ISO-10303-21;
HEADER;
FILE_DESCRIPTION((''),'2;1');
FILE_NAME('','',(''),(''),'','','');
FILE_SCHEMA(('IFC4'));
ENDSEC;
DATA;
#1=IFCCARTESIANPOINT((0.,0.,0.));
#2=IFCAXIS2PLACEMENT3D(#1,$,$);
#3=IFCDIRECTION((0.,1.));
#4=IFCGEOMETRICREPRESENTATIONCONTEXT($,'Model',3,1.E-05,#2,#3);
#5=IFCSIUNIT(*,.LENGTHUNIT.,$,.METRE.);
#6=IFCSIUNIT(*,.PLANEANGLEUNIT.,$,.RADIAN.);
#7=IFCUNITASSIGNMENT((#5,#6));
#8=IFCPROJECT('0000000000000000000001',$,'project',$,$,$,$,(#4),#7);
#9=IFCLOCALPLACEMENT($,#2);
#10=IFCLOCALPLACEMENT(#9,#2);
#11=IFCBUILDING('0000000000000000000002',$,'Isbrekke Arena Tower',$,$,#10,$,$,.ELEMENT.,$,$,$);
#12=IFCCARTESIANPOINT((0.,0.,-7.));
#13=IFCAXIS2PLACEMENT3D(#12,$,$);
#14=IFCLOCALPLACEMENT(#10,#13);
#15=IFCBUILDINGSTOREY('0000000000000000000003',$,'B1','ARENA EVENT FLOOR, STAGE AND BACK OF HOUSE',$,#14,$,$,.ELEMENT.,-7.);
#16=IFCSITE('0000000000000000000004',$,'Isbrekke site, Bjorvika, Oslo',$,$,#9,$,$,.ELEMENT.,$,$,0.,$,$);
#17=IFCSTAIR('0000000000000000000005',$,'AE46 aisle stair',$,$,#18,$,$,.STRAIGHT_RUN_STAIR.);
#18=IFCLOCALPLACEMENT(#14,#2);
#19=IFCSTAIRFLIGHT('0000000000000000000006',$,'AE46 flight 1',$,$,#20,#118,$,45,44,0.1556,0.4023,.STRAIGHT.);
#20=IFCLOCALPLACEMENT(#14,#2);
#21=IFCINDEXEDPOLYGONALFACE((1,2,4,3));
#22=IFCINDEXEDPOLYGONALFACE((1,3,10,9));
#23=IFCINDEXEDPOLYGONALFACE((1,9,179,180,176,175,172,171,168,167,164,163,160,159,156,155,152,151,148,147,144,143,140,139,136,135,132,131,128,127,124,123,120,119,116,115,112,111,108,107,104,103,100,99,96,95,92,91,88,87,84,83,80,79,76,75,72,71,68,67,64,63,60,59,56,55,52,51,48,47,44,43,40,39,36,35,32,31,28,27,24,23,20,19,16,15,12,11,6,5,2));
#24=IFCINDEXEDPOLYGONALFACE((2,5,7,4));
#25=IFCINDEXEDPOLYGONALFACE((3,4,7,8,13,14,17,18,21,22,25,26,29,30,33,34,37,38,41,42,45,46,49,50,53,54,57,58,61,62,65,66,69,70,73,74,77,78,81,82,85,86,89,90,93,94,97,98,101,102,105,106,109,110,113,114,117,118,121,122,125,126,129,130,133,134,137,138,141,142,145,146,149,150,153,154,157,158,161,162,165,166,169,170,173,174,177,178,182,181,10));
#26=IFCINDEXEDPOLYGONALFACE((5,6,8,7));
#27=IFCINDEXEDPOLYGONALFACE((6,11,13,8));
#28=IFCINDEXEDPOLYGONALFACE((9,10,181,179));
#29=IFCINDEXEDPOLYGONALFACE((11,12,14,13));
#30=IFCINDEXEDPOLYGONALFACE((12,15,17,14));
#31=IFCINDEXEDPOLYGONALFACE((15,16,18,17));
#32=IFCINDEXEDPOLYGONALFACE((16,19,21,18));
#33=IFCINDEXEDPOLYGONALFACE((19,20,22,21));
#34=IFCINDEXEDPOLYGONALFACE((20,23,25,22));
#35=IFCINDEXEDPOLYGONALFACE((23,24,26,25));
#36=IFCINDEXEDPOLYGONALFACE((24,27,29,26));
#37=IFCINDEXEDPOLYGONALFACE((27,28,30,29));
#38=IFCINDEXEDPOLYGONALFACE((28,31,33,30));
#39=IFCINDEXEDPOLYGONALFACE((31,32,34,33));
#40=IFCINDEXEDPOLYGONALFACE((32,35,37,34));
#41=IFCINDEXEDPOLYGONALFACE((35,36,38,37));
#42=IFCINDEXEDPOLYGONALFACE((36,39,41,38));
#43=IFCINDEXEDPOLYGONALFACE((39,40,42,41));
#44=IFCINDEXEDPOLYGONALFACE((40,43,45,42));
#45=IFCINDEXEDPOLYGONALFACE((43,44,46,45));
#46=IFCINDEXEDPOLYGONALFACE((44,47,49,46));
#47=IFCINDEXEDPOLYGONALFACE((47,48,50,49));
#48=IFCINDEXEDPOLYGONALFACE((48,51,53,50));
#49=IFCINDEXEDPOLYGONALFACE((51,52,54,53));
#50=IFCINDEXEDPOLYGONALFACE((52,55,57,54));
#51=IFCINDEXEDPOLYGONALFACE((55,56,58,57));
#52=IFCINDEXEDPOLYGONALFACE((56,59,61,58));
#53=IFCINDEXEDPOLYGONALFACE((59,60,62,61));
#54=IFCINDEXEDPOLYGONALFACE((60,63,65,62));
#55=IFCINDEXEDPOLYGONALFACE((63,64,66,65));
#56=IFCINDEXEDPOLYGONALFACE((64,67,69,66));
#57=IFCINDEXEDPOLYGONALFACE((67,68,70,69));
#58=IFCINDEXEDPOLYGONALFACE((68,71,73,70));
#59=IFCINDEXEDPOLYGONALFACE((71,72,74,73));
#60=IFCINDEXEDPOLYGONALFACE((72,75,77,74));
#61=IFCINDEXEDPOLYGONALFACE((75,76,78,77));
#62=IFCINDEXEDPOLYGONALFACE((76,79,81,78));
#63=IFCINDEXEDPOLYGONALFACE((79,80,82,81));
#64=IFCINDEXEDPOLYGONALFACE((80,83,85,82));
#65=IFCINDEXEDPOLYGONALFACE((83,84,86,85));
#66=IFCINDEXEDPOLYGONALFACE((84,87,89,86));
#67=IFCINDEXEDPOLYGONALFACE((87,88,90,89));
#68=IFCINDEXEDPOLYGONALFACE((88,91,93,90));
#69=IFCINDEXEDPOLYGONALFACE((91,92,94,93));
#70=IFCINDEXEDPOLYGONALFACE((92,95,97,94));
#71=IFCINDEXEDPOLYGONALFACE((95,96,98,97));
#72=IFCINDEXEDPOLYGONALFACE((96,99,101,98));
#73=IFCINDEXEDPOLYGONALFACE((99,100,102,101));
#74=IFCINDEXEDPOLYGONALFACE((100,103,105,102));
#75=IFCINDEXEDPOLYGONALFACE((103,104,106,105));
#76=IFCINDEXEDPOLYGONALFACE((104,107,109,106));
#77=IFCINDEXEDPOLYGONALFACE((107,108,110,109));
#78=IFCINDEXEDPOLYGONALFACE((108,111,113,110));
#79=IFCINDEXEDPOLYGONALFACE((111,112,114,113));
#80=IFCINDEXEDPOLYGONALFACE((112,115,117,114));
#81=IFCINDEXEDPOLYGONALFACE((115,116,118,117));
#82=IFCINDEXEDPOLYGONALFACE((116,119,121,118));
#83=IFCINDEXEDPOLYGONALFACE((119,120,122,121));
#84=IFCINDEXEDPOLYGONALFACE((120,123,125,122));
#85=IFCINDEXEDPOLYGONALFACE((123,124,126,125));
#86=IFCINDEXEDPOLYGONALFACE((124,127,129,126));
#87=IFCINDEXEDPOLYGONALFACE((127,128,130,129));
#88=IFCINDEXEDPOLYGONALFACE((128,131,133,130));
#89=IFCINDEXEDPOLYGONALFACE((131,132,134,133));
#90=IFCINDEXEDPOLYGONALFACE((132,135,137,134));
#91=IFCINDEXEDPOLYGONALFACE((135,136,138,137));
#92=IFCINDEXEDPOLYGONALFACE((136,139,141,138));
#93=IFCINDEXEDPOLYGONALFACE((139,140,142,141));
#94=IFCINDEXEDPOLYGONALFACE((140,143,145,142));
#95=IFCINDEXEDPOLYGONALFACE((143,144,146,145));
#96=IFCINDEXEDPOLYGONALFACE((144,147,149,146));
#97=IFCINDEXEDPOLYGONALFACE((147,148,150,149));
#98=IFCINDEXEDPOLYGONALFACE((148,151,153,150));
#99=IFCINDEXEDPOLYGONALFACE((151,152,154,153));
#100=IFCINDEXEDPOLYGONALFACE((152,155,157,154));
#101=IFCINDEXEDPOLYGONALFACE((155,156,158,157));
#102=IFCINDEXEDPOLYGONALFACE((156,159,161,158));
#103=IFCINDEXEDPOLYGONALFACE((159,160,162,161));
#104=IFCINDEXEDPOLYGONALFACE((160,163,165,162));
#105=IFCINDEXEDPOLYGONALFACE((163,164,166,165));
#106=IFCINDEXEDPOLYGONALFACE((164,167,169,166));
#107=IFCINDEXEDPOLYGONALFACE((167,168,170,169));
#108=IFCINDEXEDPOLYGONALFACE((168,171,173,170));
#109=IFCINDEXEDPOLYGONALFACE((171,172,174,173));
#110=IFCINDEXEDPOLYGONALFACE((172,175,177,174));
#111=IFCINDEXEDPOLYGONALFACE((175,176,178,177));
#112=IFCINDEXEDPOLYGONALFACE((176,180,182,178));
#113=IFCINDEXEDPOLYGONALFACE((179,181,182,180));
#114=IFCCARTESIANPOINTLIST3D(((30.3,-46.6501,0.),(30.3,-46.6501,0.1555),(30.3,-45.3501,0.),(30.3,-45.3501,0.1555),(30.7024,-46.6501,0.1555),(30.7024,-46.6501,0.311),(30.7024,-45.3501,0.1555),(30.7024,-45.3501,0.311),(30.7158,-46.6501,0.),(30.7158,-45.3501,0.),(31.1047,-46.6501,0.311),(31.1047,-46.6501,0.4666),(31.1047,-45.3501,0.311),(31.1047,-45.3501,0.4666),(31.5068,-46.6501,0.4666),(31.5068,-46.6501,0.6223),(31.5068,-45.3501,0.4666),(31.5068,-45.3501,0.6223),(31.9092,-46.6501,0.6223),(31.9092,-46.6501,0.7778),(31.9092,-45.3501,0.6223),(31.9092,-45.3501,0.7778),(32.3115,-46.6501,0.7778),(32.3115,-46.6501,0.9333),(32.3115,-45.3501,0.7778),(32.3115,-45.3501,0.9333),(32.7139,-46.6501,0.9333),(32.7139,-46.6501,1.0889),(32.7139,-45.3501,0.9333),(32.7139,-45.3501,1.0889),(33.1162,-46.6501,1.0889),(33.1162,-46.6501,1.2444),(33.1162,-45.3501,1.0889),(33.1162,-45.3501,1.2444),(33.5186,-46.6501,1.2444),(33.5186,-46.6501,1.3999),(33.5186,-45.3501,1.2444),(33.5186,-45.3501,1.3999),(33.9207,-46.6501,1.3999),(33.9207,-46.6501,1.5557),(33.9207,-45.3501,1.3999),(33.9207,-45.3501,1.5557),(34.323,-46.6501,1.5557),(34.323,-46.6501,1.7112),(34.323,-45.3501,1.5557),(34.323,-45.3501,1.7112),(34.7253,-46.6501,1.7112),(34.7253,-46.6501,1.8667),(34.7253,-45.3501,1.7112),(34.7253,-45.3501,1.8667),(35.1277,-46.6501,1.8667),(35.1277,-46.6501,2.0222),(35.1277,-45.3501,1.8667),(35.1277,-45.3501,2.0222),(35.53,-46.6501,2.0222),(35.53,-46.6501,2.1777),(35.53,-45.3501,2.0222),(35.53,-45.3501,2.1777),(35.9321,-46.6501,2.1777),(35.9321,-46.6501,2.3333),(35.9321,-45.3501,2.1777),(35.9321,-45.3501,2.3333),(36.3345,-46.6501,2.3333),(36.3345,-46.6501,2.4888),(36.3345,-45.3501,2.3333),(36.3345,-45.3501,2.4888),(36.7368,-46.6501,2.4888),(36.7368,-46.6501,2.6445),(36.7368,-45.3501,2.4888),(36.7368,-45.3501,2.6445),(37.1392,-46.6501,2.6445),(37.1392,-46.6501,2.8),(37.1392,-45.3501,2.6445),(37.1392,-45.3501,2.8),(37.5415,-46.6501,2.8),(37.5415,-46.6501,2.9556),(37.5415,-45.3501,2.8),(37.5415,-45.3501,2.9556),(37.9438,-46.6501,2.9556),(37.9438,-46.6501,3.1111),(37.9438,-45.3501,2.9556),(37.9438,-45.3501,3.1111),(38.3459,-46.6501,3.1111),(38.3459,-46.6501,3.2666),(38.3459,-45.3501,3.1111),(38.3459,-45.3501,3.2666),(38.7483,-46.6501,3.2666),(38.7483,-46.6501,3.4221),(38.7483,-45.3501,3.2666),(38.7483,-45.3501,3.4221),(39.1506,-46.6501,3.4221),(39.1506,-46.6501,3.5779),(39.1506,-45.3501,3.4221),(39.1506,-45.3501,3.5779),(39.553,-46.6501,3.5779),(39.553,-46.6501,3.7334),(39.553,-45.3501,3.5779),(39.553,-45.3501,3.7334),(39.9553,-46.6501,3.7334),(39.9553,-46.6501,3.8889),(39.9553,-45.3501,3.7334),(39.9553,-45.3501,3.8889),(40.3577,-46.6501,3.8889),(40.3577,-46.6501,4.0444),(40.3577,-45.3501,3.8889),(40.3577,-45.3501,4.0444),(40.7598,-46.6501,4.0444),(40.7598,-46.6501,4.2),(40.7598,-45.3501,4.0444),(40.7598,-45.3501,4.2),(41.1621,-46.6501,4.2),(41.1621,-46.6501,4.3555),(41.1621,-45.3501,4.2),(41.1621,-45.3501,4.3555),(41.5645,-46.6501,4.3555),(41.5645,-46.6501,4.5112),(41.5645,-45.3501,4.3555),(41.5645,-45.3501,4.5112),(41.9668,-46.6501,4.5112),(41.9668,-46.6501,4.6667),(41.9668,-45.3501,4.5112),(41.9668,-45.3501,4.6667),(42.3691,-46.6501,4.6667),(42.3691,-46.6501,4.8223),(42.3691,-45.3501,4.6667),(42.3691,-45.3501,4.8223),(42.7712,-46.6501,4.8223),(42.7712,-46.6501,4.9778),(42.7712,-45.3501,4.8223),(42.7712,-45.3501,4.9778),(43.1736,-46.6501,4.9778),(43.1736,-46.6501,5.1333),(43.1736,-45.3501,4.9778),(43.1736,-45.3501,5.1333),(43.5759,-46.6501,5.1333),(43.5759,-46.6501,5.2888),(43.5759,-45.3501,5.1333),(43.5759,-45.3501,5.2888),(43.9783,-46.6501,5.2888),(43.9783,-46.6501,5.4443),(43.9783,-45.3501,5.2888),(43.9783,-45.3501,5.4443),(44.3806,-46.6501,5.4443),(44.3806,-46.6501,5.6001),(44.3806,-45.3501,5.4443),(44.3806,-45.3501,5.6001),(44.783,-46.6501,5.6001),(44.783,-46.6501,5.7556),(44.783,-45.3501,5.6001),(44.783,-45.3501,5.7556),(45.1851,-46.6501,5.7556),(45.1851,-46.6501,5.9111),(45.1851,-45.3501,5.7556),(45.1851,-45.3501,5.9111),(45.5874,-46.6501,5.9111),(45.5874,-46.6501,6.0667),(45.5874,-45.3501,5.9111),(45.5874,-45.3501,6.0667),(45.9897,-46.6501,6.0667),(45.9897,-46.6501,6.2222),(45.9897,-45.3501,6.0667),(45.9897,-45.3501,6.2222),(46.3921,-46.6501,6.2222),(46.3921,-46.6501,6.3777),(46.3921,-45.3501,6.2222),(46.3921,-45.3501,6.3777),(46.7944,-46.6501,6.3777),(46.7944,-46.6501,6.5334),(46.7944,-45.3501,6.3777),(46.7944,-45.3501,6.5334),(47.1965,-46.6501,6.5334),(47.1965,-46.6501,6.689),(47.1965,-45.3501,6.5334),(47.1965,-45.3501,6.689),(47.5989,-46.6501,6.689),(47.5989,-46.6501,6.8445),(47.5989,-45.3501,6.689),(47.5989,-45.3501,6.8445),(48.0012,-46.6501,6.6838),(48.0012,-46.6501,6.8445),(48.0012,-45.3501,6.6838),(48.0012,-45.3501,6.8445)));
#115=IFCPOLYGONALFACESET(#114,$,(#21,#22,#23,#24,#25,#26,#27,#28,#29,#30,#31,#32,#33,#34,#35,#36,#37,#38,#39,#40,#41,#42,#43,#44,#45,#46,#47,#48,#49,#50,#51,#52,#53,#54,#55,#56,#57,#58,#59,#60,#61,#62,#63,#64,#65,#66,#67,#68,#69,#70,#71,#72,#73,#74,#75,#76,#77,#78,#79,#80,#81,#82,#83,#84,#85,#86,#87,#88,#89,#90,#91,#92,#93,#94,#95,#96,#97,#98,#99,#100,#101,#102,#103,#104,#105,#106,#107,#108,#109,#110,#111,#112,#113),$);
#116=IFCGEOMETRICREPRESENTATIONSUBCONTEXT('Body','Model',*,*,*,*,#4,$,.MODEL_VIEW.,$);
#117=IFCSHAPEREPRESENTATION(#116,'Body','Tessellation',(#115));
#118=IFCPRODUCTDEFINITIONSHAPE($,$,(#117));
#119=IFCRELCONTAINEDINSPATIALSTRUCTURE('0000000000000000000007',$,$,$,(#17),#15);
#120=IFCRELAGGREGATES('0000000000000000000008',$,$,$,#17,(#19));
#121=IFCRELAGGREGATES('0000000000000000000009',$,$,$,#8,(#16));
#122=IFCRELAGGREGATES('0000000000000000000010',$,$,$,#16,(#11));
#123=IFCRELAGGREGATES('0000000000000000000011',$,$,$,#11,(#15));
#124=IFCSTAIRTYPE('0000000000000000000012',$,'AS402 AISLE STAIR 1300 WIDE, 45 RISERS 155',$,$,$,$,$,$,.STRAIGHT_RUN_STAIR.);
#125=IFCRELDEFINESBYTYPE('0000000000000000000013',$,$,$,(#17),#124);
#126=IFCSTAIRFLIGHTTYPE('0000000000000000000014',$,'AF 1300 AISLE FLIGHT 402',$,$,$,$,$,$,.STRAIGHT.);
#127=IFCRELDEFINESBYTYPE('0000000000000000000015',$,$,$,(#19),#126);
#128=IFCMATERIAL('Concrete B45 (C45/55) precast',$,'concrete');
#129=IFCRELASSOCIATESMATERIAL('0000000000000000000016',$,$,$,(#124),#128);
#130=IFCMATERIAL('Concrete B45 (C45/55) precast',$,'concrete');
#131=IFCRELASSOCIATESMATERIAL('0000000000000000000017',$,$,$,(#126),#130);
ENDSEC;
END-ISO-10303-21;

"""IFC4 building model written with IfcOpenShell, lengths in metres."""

from ifc_helpers import new_model, si_unit, direction, frame, origin, place, context, subcontext, project, spatial, polyline, outline, extrude, material, type_object, element, aggregate, save


model = new_model("IFC4")

# Units and contexts
model_context = context("Model", 3, precision=1e-05, world=origin(), true_north=direction((0.0, 1.0)))
body_context = subcontext(model_context, "Body", "Model", "MODEL_VIEW")
ifc_project = project(units=[si_unit("LENGTHUNIT", "METRE"), si_unit("PLANEANGLEUNIT", "RADIAN")], contexts=[model_context])

# Site, building, storey
site_placement = place(None, origin())
site = spatial("IfcSite", under=ifc_project, at=site_placement, Name="Isbrekke site, Bjorvika, Oslo", CompositionType="ELEMENT", RefElevation=0.0)
building_placement = place(site_placement, origin())
building = spatial("IfcBuilding", under=site, at=building_placement, Name="Isbrekke Arena Tower", CompositionType="ELEMENT")
storey_placement = place(building_placement, frame((0.0, 0.0, -7.0)))
storey = spatial("IfcBuildingStorey", under=building, at=storey_placement, Name="B1", Description="ARENA EVENT FLOOR, STAGE AND BACK OF HOUSE", CompositionType="ELEMENT", Elevation=-7.0)

# Stair, stair flight
ifc_material_1 = material(Name="Concrete B45 (C45/55) precast", Category="concrete")
stair_type_1 = type_object("IfcStairType", Name="AS402 AISLE STAIR 1300 WIDE, 45 RISERS 155", PredefinedType="STRAIGHT_RUN_STAIR", material=ifc_material_1)
stair_1_placement = place(storey_placement, origin())
stair_1 = element("IfcStair", 1, at=stair_1_placement, inside=storey, type_object=stair_type_1, Name="AE46 aisle stair", PredefinedType="STRAIGHT_RUN_STAIR")
ifc_material_2 = material(Name="Concrete B45 (C45/55) precast", Category="concrete")
stair_flight_type_1 = type_object("IfcStairFlightType", Name="AF 1300 AISLE FLIGHT 402", PredefinedType="STRAIGHT", material=ifc_material_2)
stair_flight_1_placement = place(storey_placement, frame((30.3, -46.0, 0.0), z_axis=(0.0, 0.0, 1.0), x_axis=(1.0, 0.0, 0.0)))
stair_flight_1 = element("IfcStairFlight", 2, at=stair_flight_1_placement, type_object=stair_flight_type_1, Name="AE46 flight 1", NumberOfRisers=45, NumberOfTreads=44, PredefinedType="STRAIGHT", RiserHeight=0.1556, TreadLength=0.4023, context=body_context, shape_type="SweptSolid", body=[
    extrude(outline(polyline([(0.0, 0.0), (0.0, 0.1555), (0.4023, 0.1555), (0.4023, 0.311), (0.8047, 0.311), (0.8047, 0.4666), (1.2068, 0.4666), (1.2068, 0.6223), (1.6091, 0.6223), (1.6091, 0.7778), (2.0115, 0.7778), (2.0115, 0.9333), (2.4138, 0.9333), (2.4138, 1.0889), (2.8162, 1.0889), (2.8162, 1.2444), (3.2185, 1.2444), (3.2185, 1.3999), (3.6206, 1.3999), (3.6206, 1.5557), (4.0229, 1.5557), (4.0229, 1.7112), (4.4253, 1.7112), (4.4253, 1.8667), (4.8276, 1.8667), (4.8276, 2.0222), (5.23, 2.0222), (5.23, 2.1777), (5.6321, 2.1777), (5.6321, 2.3333), (6.0344, 2.3333), (6.0344, 2.4888), (6.4368, 2.4888), (6.4368, 2.6445), (6.8391, 2.6445), (6.8391, 2.8), (7.2415, 2.8), (7.2415, 2.9556), (7.6438, 2.9556), (7.6438, 3.1111), (8.0459, 3.1111), (8.0459, 3.2666), (8.4482, 3.2666), (8.4482, 3.4221), (8.8506, 3.4221), (8.8506, 3.5779), (9.2529, 3.5779), (9.2529, 3.7334), (9.6553, 3.7334), (9.6553, 3.8889), (10.0576, 3.8889), (10.0576, 4.0444), (10.4597, 4.0444), (10.4597, 4.2), (10.8621, 4.2), (10.8621, 4.3555), (11.2644, 4.3555), (11.2644, 4.5112), (11.6667, 4.5112), (11.6667, 4.6667), (12.0691, 4.6667), (12.0691, 4.8223), (12.4712, 4.8223), (12.4712, 4.9778), (12.8735, 4.9778), (12.8735, 5.1333), (13.2759, 5.1333), (13.2759, 5.2888), (13.6782, 5.2888), (13.6782, 5.4443), (14.0806, 5.4443), (14.0806, 5.6001), (14.4829, 5.6001), (14.4829, 5.7556), (14.885, 5.7556), (14.885, 5.9111), (15.2874, 5.9111), (15.2874, 6.0667), (15.6897, 6.0667), (15.6897, 6.2222), (16.092, 6.2222), (16.092, 6.3777), (16.4944, 6.3777), (16.4944, 6.5334), (16.8965, 6.5334), (16.8965, 6.689), (17.2988, 6.689), (17.2988, 6.8445), (17.7012, 6.8445), (17.7012, 7.0), (17.7012, 6.6838), (0.4158, 0.0), (0.0, 0.0)])), frame((0.0, 0.6499, 0.0), z_axis=(0.0, -1.0, 0.0), x_axis=(1.0, 0.0, 0.0)), (0.0, 0.0, 1.0), 1.3),
])
aggregate(stair_1, [stair_flight_1])

save(model, "model.ifc")
